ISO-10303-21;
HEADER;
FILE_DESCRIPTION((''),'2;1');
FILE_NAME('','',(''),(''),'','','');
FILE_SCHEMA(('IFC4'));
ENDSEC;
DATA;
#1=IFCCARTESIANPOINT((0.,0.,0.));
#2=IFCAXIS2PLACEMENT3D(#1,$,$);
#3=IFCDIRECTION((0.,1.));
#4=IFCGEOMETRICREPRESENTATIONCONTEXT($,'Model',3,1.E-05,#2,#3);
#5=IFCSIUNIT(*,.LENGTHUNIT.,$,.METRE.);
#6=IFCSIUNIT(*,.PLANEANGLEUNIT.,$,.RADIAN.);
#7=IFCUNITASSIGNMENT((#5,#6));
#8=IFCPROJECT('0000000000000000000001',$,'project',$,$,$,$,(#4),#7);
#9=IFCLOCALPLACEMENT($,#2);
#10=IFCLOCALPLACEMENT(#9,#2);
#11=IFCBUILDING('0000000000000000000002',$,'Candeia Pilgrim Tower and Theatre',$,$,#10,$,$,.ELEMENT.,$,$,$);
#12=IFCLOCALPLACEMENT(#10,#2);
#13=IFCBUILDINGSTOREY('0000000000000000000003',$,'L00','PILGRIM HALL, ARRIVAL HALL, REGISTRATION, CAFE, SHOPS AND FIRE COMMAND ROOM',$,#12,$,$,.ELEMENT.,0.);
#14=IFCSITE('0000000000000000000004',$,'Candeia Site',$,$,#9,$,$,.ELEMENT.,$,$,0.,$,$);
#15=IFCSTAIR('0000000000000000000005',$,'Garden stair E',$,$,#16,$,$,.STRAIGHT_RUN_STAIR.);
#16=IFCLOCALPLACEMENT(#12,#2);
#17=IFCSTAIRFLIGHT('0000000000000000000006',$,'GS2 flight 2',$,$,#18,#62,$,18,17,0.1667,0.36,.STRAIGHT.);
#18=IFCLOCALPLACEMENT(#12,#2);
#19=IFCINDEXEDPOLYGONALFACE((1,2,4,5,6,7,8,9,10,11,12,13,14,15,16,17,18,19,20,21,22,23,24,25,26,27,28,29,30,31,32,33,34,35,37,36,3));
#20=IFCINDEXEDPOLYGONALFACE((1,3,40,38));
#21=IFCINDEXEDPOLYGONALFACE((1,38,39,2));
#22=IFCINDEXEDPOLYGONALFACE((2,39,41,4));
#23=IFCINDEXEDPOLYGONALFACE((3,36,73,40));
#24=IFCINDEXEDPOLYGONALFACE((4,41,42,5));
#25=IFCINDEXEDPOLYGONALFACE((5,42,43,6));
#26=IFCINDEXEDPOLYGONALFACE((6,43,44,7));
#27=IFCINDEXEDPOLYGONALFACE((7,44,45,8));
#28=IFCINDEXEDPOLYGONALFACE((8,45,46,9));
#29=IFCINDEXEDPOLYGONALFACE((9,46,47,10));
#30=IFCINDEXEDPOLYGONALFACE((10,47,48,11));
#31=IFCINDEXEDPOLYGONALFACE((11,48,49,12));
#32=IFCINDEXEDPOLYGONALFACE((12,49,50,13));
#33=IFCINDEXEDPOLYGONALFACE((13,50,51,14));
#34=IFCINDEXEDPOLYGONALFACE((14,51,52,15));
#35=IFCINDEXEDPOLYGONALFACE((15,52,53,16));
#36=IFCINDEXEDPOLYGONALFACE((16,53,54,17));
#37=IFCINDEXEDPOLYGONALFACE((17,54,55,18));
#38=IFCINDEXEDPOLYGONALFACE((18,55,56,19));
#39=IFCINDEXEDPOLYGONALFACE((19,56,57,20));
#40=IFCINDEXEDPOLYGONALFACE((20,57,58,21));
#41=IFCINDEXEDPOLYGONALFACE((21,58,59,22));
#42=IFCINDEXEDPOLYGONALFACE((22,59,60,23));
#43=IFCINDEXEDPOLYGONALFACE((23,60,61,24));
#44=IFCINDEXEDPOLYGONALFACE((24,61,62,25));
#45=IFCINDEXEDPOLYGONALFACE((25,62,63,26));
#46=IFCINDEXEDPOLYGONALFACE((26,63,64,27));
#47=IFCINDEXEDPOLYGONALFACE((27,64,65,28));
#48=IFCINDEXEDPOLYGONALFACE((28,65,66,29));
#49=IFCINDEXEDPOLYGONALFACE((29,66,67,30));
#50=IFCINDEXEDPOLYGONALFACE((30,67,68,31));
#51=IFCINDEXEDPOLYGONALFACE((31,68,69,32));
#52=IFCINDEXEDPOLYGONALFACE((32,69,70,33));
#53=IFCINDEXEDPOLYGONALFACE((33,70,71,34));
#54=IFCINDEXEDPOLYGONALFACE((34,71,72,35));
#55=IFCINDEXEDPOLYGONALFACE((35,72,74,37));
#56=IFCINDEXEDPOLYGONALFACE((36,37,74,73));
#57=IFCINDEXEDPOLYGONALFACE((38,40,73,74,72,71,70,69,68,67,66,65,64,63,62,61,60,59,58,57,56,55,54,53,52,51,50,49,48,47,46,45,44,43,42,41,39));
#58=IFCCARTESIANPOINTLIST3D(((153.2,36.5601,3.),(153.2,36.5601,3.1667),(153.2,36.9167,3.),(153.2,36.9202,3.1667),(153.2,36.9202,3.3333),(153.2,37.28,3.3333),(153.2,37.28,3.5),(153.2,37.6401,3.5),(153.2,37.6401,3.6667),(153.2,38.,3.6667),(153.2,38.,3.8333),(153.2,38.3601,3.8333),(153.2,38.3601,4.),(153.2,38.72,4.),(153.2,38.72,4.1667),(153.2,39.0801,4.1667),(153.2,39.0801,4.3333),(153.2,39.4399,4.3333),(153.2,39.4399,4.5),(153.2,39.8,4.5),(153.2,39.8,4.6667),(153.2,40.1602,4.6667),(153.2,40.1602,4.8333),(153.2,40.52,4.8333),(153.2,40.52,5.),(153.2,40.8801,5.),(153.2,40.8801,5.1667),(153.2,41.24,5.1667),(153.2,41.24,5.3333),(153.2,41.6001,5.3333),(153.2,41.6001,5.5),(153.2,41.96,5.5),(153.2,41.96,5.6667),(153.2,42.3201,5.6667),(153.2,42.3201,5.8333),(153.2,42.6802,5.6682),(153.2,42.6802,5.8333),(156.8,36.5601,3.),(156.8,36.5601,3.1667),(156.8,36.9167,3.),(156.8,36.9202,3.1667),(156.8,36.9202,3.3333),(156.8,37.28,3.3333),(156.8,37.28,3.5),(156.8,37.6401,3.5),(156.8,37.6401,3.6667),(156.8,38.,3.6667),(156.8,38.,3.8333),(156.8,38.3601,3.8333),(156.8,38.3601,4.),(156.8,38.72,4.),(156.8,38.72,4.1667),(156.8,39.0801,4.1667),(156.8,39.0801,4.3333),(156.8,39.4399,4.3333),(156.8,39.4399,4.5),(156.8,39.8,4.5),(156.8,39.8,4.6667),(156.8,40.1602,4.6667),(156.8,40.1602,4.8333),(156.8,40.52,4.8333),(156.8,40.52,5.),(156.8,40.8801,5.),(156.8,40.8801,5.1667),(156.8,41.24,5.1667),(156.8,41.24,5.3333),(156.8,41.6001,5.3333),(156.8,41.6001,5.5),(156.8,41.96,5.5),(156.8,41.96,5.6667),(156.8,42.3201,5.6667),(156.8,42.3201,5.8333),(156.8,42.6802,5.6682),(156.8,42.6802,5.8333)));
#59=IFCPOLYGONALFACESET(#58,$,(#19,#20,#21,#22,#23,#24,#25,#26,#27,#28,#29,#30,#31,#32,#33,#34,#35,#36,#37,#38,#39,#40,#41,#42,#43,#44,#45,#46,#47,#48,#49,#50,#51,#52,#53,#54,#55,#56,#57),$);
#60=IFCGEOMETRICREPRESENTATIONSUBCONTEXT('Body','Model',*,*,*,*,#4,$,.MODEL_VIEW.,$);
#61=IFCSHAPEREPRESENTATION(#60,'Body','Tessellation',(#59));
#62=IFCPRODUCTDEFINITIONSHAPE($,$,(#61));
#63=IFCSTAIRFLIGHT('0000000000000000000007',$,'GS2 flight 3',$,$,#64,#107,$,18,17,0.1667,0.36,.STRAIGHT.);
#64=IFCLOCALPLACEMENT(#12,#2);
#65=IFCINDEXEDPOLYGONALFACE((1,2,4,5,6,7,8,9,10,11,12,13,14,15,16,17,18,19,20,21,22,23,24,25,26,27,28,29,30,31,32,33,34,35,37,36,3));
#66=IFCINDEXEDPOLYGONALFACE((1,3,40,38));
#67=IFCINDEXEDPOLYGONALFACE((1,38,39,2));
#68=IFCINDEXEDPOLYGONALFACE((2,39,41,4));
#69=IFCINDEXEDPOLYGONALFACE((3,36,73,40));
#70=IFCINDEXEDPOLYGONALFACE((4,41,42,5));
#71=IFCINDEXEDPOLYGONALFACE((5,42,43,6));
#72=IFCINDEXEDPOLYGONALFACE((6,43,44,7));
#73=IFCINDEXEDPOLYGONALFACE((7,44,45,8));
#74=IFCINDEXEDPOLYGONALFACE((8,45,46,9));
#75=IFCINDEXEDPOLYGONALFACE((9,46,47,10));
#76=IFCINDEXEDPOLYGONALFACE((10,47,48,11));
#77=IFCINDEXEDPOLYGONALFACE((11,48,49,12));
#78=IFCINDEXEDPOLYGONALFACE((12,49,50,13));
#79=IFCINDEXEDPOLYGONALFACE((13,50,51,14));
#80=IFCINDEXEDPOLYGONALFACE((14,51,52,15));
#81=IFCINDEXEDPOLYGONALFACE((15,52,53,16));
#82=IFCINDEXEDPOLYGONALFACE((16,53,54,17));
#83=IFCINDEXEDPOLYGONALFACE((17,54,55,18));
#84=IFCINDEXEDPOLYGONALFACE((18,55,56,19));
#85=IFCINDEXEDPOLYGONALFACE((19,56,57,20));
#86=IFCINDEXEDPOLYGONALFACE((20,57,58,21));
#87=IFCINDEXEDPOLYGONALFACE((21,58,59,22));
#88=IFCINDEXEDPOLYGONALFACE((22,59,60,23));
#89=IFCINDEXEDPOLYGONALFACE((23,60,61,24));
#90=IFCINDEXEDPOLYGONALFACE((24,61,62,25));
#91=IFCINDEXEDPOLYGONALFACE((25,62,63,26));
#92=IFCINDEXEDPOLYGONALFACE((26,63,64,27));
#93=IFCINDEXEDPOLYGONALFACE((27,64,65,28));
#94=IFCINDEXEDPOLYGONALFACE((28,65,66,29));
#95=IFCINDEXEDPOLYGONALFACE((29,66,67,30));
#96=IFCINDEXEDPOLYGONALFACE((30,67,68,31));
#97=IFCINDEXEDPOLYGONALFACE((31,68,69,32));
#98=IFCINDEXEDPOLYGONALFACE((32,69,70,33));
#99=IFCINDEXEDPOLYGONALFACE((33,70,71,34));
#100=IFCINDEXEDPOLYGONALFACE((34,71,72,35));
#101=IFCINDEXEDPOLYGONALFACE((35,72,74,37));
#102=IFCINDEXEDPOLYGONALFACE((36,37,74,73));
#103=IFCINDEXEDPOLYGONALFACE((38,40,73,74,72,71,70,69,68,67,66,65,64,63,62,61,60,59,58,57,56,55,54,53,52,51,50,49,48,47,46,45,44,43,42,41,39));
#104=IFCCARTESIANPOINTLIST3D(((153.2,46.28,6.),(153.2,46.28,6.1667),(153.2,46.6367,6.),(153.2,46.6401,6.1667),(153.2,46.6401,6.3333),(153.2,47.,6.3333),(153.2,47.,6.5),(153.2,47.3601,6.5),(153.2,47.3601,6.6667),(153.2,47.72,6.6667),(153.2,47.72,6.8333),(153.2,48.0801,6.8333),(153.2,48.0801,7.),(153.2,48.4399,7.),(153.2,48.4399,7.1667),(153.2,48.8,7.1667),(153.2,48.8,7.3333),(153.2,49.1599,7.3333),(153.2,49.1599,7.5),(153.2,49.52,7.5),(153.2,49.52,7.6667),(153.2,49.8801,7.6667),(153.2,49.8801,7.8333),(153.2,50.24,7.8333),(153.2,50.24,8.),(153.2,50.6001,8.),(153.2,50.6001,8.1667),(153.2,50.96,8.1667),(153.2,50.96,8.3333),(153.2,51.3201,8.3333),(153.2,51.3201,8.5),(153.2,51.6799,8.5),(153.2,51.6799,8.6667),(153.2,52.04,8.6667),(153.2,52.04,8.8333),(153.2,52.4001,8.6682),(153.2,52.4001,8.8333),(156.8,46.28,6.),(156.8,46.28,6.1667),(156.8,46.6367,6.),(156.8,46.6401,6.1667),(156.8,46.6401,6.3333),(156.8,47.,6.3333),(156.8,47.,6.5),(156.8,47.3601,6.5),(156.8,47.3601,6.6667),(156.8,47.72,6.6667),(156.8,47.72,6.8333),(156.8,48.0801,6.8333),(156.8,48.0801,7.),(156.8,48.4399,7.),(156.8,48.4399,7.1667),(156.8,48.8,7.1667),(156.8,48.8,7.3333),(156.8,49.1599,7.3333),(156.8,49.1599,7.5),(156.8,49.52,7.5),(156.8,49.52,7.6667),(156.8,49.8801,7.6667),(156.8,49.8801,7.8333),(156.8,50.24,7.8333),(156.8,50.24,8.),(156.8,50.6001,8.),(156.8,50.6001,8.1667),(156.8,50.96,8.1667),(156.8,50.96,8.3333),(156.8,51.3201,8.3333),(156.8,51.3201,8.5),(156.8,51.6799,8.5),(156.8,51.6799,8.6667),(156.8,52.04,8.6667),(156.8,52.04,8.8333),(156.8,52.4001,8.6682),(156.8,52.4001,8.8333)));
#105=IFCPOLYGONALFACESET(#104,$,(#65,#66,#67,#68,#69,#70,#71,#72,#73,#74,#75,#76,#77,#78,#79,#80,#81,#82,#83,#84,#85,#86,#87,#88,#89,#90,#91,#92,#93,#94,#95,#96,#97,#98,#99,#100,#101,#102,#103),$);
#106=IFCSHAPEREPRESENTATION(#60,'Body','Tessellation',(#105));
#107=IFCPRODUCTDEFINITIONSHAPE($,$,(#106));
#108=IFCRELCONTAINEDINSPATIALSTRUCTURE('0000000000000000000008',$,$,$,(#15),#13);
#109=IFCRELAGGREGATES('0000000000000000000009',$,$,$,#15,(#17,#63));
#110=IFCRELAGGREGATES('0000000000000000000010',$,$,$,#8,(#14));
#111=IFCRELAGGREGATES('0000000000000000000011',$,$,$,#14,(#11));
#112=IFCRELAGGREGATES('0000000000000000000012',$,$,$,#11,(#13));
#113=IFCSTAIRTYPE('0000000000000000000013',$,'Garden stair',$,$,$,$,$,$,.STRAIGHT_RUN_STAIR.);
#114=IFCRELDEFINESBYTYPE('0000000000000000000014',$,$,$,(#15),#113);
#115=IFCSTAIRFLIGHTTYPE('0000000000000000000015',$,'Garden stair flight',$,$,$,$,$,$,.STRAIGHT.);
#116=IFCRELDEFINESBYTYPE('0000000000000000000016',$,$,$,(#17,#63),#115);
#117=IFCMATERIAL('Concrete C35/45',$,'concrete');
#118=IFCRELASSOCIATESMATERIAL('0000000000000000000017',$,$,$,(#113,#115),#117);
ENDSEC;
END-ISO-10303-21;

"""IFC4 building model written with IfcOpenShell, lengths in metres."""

from ifc_helpers import new_model, si_unit, direction, frame, origin, place, context, subcontext, project, spatial, polyline, outline, extrude, material, type_object, element, aggregate, save


model = new_model("IFC4")

# Units and contexts
model_context = context("Model", 3, precision=1e-05, world=origin(), true_north=direction((0.0, 1.0)))
body_context = subcontext(model_context, "Body", "Model", "MODEL_VIEW")
ifc_project = project(units=[si_unit("LENGTHUNIT", "METRE"), si_unit("PLANEANGLEUNIT", "RADIAN")], contexts=[model_context])

# Site, building, storey
site_placement = place(None, origin())
site = spatial("IfcSite", under=ifc_project, at=site_placement, Name="Candeia Site", CompositionType="ELEMENT", RefElevation=0.0)
building_placement = place(site_placement, origin())
building = spatial("IfcBuilding", under=site, at=building_placement, Name="Candeia Pilgrim Tower and Theatre", CompositionType="ELEMENT")
storey_placement = place(building_placement, origin())
storey = spatial("IfcBuildingStorey", under=building, at=storey_placement, Name="L00", Description="PILGRIM HALL, ARRIVAL HALL, REGISTRATION, CAFE, SHOPS AND FIRE COMMAND ROOM", CompositionType="ELEMENT", Elevation=0.0)

# Shared definitions
ifc_material_1 = material(Name="Concrete C35/45", Category="concrete")

# Stair, stair flights
stair_type = type_object("IfcStairType", Name="Garden stair", PredefinedType="STRAIGHT_RUN_STAIR", material=ifc_material_1)
stair_placement = place(storey_placement, origin())
stair = element("IfcStair", 1, at=stair_placement, inside=storey, type_object=stair_type, Name="Garden stair E", PredefinedType="STRAIGHT_RUN_STAIR")
stair_flight_type = type_object("IfcStairFlightType", Name="Garden stair flight", PredefinedType="STRAIGHT", material=ifc_material_1)
stair_flight_1_placement = place(storey_placement, frame((155.0, 36.5601, 3.0), z_axis=(0.0, 0.0, 1.0), x_axis=(0.0, 1.0, 0.0)))
stair_flight_1 = element("IfcStairFlight", 2, at=stair_flight_1_placement, type_object=stair_flight_type, Name="GS2 flight 2", NumberOfRisers=18, NumberOfTreads=17, PredefinedType="STRAIGHT", RiserHeight=0.1667, TreadLength=0.36, context=body_context, shape_type="SweptSolid", body=[
    extrude(outline(polyline([(0.0, 0.0), (0.0, 0.1667), (0.3601, 0.1667), (0.3601, 0.3333), (0.72, 0.3333), (0.72, 0.5), (1.0801, 0.5), (1.0801, 0.6667), (1.4399, 0.6667), (1.4399, 0.8333), (1.8, 0.8333), (1.8, 1.0), (2.1599, 1.0), (2.1599, 1.1667), (2.52, 1.1667), (2.52, 1.3333), (2.8799, 1.3333), (2.8799, 1.5), (3.24, 1.5), (3.24, 1.6667), (3.6001, 1.6667), (3.6001, 1.8333), (3.96, 1.8333), (3.96, 2.0), (4.3201, 2.0), (4.3201, 2.1667), (4.6799, 2.1667), (4.6799, 2.3333), (5.04, 2.3333), (5.04, 2.5), (5.3999, 2.5), (5.3999, 2.6667), (5.76, 2.6667), (5.76, 2.8333), (6.1201, 2.8333), (6.1201, 3.0), (6.1201, 2.6682), (0.3567, 0.0), (0.0, 0.0)])), frame((0.0, 1.8, 0.0), z_axis=(0.0, -1.0, 0.0), x_axis=(1.0, 0.0, 0.0)), (0.0, 0.0, 1.0), 3.6001),
])
stair_flight_2_placement = place(storey_placement, frame((155.0, 46.28, 6.0), z_axis=(0.0, 0.0, 1.0), x_axis=(0.0, 1.0, 0.0)))
stair_flight_2 = element("IfcStairFlight", 3, at=stair_flight_2_placement, type_object=stair_flight_type, Name="GS2 flight 3", NumberOfRisers=18, NumberOfTreads=17, PredefinedType="STRAIGHT", RiserHeight=0.1667, TreadLength=0.36, context=body_context, shape_type="SweptSolid", body=[
    extrude(outline(polyline([(0.0, 0.0), (0.0, 0.1667), (0.3601, 0.1667), (0.3601, 0.3333), (0.72, 0.3333), (0.72, 0.5), (1.0801, 0.5), (1.0801, 0.6667), (1.4399, 0.6667), (1.4399, 0.8333), (1.8, 0.8333), (1.8, 1.0), (2.1599, 1.0), (2.1599, 1.1667), (2.52, 1.1667), (2.52, 1.3333), (2.8799, 1.3333), (2.8799, 1.5), (3.24, 1.5), (3.24, 1.6667), (3.6001, 1.6667), (3.6001, 1.8333), (3.96, 1.8333), (3.96, 2.0), (4.3201, 2.0), (4.3201, 2.1667), (4.6799, 2.1667), (4.6799, 2.3333), (5.04, 2.3333), (5.04, 2.5), (5.3999, 2.5), (5.3999, 2.6667), (5.76, 2.6667), (5.76, 2.8333), (6.1201, 2.8333), (6.1201, 3.0), (6.1201, 2.6682), (0.3567, 0.0), (0.0, 0.0)])), frame((0.0, 1.8, 0.0), z_axis=(0.0, -1.0, 0.0), x_axis=(1.0, 0.0, 0.0)), (0.0, 0.0, 1.0), 3.6001),
])
aggregate(stair, [stair_flight_1, stair_flight_2])

save(model, "model.ifc")
